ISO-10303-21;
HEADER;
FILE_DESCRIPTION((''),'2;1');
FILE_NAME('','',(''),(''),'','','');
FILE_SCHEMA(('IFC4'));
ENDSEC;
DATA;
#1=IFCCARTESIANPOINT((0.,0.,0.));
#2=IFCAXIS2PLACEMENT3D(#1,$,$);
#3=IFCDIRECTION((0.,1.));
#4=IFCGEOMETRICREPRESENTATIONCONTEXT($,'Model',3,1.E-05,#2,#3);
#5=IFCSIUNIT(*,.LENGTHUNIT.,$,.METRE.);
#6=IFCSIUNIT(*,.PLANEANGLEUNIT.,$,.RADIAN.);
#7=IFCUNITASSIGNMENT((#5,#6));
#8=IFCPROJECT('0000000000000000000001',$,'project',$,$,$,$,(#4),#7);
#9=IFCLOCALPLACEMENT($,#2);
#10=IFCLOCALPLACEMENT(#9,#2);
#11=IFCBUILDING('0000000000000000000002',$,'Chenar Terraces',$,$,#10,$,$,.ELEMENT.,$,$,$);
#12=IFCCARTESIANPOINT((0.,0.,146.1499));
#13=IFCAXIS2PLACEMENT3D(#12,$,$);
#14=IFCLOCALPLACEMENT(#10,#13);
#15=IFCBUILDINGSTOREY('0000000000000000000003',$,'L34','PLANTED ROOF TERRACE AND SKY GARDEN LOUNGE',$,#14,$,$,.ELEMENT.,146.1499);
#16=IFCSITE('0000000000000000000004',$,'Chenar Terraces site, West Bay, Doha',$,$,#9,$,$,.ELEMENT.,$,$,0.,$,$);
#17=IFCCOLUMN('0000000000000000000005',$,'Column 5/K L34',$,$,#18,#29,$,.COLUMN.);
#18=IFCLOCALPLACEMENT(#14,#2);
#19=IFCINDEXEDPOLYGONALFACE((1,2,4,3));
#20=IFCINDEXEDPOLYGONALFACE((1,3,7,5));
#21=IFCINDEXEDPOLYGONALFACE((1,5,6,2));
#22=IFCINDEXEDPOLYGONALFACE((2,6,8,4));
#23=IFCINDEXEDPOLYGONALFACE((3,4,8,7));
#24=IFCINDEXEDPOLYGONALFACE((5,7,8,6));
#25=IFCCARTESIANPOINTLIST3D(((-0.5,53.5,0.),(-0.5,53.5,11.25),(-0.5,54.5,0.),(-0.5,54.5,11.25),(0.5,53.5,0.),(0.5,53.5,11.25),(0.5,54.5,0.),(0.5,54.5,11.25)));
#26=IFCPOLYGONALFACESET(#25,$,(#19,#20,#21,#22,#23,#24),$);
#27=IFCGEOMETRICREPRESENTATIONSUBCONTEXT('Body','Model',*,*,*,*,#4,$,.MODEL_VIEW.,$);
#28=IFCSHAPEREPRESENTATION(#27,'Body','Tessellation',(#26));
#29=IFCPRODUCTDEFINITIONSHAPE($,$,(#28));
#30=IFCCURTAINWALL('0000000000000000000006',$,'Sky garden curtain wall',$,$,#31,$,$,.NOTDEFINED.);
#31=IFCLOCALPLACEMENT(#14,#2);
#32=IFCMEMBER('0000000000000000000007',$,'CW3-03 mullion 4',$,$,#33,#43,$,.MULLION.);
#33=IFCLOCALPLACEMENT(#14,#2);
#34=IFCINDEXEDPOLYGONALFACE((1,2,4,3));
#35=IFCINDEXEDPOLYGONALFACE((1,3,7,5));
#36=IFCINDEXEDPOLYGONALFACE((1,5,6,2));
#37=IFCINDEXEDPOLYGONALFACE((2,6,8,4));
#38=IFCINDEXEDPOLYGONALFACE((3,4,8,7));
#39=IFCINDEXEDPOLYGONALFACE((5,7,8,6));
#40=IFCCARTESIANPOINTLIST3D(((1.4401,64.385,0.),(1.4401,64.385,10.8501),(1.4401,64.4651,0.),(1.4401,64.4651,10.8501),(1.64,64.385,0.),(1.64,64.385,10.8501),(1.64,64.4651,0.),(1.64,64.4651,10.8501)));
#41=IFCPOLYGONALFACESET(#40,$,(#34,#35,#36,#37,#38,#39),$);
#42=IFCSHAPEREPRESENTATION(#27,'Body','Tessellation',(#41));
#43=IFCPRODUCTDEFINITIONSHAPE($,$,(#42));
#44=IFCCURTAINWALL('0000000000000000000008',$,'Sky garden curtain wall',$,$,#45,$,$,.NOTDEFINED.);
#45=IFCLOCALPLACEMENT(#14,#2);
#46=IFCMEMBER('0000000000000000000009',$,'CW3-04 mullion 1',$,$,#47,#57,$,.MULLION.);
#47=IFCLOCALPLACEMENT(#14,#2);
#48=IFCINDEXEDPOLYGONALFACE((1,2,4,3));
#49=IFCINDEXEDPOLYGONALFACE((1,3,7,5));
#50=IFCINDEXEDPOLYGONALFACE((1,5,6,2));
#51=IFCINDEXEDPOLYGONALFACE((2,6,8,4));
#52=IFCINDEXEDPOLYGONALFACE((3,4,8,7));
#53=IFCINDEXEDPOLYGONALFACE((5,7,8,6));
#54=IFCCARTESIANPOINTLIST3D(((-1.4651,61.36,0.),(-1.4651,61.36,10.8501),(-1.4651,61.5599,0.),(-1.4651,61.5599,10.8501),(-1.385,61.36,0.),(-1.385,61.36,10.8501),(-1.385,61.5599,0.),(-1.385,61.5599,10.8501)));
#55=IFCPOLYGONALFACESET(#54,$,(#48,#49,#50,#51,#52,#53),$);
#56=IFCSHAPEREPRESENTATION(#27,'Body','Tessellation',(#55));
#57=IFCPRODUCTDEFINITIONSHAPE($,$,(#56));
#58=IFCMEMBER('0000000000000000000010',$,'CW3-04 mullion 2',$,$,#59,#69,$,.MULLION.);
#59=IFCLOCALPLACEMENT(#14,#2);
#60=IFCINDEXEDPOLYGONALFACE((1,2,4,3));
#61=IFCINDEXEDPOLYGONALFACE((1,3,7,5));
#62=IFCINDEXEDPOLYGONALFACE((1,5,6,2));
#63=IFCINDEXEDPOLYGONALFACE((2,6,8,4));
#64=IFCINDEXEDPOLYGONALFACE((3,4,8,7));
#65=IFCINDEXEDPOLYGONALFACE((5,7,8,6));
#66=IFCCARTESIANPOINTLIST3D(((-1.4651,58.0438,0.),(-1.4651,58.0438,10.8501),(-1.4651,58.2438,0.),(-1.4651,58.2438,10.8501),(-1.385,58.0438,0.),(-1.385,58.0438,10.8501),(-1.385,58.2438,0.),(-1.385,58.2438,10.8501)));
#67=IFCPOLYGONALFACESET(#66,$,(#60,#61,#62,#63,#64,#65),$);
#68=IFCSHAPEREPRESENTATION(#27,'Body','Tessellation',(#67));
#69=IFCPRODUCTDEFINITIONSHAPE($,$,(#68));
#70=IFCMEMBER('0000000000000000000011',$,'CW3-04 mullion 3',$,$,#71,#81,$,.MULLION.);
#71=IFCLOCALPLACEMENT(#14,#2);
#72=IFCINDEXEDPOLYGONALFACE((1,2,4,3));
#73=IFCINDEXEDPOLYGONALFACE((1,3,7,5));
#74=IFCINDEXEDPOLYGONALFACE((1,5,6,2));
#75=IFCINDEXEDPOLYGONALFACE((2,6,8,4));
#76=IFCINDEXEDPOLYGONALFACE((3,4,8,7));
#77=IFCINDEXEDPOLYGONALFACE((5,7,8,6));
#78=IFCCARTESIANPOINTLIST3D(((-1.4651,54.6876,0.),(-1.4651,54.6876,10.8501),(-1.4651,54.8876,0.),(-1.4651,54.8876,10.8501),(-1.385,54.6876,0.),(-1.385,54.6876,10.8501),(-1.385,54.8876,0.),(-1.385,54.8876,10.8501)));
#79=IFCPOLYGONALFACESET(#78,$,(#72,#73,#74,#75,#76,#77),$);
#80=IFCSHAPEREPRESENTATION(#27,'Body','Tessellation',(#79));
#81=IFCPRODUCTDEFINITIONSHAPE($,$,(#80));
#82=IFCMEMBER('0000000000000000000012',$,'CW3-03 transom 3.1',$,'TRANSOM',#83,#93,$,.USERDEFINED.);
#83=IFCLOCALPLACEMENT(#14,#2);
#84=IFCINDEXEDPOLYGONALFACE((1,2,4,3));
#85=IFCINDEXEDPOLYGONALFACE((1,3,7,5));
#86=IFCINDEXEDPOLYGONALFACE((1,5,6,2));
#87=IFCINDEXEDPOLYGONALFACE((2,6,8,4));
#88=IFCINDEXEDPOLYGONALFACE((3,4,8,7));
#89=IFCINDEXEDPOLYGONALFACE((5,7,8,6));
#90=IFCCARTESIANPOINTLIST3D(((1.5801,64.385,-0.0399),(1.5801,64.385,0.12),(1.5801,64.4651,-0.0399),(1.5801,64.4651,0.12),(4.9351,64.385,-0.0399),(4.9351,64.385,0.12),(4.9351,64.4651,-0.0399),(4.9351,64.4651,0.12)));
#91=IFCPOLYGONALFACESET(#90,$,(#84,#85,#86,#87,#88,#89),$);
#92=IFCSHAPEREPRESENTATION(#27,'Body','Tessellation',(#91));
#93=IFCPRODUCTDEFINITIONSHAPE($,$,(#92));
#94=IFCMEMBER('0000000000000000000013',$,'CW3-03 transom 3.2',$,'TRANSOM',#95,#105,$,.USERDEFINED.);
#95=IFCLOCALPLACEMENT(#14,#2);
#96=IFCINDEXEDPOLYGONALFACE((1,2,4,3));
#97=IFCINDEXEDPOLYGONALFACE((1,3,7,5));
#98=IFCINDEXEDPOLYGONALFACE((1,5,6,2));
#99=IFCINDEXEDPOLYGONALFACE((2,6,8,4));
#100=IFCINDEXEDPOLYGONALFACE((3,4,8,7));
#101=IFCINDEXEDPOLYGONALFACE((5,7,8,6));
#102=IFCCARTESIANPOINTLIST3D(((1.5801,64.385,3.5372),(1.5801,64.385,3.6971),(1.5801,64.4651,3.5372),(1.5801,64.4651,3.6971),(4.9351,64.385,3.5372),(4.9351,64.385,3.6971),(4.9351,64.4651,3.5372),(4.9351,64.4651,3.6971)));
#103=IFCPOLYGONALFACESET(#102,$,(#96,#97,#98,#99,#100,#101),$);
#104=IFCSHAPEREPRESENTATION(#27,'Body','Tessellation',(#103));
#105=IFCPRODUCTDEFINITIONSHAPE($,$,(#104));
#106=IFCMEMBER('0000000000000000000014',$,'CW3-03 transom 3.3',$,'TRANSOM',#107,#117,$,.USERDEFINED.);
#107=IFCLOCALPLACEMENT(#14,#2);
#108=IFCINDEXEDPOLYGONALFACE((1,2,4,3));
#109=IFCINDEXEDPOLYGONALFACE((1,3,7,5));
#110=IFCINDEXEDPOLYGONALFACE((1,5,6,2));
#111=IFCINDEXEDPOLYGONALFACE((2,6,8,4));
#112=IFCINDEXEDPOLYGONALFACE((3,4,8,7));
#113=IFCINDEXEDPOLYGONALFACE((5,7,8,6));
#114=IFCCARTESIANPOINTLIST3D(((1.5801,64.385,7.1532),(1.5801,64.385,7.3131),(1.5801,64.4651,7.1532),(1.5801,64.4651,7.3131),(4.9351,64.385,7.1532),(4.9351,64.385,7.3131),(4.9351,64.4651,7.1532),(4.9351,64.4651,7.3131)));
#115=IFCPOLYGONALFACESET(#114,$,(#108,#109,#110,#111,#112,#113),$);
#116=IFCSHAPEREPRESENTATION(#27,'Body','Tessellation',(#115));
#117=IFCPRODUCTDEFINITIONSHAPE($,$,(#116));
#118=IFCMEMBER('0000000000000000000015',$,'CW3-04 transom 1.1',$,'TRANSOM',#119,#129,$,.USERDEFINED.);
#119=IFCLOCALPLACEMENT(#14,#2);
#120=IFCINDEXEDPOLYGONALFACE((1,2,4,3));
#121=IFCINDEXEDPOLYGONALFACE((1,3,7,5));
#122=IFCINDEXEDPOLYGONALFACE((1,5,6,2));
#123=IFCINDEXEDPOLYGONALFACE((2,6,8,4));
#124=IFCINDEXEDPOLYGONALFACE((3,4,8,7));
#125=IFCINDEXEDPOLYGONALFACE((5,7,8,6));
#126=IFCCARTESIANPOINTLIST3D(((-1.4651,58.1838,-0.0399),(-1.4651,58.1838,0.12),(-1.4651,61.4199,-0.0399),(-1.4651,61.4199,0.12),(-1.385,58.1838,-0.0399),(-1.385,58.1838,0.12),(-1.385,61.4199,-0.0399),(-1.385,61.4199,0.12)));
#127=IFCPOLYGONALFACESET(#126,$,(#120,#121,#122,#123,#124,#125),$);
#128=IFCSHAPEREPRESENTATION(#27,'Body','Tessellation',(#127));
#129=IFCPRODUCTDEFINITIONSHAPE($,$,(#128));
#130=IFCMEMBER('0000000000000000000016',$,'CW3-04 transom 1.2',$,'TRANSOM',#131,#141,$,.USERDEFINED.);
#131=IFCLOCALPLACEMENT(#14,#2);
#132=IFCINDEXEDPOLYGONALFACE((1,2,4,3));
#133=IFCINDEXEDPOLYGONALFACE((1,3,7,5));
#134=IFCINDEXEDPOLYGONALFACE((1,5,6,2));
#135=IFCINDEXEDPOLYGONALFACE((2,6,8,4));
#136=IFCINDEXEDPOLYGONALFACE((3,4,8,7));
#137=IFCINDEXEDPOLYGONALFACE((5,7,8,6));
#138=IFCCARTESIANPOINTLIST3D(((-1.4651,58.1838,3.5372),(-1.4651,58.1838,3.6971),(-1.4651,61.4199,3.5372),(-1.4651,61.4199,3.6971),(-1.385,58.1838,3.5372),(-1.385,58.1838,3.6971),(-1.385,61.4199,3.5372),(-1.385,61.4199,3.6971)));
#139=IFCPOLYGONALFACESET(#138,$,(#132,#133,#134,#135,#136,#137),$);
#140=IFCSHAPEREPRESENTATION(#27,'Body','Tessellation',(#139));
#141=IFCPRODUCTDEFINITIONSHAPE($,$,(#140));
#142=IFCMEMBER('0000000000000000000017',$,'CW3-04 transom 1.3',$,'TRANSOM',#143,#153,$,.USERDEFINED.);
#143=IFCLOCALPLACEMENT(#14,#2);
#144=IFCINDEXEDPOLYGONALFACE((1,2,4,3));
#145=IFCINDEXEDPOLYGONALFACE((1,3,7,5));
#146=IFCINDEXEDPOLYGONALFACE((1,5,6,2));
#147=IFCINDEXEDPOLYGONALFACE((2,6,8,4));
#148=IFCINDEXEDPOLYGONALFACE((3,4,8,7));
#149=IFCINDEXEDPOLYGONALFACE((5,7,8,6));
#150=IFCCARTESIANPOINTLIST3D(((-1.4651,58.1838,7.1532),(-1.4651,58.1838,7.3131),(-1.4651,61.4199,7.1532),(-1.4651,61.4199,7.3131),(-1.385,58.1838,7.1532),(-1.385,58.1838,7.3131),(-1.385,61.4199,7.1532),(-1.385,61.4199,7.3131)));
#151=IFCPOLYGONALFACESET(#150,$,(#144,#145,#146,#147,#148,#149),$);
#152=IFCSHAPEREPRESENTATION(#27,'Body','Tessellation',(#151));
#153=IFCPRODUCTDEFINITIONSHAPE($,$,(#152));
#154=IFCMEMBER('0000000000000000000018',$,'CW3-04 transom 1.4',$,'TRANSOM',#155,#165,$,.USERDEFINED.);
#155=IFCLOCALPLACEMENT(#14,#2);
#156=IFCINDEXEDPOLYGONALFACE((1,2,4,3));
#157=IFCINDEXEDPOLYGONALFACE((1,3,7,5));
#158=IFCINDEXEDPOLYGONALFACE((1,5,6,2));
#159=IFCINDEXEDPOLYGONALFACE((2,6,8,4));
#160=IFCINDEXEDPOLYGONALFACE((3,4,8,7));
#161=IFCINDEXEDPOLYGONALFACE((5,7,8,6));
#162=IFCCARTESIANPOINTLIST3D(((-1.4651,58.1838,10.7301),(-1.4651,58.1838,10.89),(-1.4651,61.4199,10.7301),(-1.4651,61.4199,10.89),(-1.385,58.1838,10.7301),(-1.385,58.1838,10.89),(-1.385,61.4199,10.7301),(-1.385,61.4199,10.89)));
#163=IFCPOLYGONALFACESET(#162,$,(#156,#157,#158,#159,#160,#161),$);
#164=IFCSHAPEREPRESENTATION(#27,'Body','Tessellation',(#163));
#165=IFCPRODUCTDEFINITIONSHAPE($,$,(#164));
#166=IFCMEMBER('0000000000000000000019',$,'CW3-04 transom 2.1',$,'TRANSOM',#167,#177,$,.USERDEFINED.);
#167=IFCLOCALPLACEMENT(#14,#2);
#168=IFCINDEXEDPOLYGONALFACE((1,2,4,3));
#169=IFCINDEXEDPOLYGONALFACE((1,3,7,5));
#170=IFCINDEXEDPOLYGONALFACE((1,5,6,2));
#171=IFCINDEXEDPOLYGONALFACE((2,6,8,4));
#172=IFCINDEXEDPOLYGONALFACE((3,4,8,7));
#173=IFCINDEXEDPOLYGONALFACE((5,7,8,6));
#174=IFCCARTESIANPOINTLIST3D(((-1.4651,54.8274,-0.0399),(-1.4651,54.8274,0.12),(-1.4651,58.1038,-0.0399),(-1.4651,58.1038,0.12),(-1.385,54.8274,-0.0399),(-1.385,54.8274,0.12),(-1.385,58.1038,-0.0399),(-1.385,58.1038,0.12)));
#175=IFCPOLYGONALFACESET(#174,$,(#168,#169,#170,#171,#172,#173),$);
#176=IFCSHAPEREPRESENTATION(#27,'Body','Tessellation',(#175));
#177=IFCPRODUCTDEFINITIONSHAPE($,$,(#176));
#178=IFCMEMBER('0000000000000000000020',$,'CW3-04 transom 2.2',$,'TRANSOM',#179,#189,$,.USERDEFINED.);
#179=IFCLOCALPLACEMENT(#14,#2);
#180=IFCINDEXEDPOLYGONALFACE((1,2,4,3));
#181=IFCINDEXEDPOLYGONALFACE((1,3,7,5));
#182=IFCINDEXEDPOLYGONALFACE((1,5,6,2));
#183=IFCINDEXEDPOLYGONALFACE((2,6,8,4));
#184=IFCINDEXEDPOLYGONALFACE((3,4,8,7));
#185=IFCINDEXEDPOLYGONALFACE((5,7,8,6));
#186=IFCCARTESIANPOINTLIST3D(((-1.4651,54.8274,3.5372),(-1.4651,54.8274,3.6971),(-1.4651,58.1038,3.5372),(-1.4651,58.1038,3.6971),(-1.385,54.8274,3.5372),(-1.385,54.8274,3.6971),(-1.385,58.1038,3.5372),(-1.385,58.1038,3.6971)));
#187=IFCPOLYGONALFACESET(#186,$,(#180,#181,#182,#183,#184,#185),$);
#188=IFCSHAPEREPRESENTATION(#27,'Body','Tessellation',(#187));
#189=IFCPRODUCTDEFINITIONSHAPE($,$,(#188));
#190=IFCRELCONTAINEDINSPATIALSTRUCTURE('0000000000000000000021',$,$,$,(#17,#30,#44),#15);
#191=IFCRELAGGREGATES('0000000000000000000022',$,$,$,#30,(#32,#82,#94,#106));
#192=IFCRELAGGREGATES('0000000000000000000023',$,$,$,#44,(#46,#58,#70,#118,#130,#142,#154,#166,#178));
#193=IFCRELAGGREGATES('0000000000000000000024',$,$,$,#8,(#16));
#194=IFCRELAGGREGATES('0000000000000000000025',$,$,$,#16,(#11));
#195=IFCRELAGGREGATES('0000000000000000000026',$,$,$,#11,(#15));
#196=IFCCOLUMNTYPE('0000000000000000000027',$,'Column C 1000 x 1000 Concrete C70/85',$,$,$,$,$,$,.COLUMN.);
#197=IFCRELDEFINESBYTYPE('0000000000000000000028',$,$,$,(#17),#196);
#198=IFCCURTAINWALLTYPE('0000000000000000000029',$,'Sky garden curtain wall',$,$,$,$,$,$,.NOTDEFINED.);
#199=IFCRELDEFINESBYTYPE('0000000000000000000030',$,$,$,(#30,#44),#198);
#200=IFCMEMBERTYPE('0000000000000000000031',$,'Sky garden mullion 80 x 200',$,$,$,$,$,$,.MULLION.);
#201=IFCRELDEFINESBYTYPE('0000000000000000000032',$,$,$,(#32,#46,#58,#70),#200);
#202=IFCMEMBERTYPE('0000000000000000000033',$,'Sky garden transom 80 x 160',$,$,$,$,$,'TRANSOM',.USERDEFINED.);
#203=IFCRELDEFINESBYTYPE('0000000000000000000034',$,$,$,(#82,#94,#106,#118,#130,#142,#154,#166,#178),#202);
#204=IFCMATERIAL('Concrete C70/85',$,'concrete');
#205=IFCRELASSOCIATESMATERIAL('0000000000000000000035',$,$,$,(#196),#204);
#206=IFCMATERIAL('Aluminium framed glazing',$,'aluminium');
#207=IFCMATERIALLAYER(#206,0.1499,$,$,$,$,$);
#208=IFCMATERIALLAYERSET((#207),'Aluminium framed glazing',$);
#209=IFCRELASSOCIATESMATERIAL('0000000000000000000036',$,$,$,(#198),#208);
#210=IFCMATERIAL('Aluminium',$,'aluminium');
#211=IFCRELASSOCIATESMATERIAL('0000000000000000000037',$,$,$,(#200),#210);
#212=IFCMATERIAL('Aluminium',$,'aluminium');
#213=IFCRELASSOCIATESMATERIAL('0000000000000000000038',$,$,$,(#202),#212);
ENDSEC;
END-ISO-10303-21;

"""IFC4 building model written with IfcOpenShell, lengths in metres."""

from ifc_helpers import new_model, si_unit, direction, frame, origin, origin_2d, place, context, subcontext, project, spatial, rectangle, extrude, material, layer, layer_set, material_profile, profile_set, type_object, element, aggregate, save


model = new_model("IFC4")

# Units and contexts
model_context = context("Model", 3, precision=1e-05, world=origin(), true_north=direction((0.0, 1.0)))
body_context = subcontext(model_context, "Body", "Model", "MODEL_VIEW")
ifc_project = project(units=[si_unit("LENGTHUNIT", "METRE"), si_unit("PLANEANGLEUNIT", "RADIAN")], contexts=[model_context])

# Site, building, storey
site_placement = place(None, origin())
site = spatial("IfcSite", under=ifc_project, at=site_placement, Name="Chenar Terraces site, West Bay, Doha", CompositionType="ELEMENT", RefElevation=0.0)
building_placement = place(site_placement, origin())
building = spatial("IfcBuilding", under=site, at=building_placement, Name="Chenar Terraces", CompositionType="ELEMENT")
storey_placement = place(building_placement, frame((0.0, 0.0, 146.1499)))
storey = spatial("IfcBuildingStorey", under=building, at=storey_placement, Name="L34", Description="PLANTED ROOF TERRACE AND SKY GARDEN LOUNGE", CompositionType="ELEMENT", Elevation=146.1499)

# Column
ifc_material_1 = material(Name="Concrete C70/85", Category="concrete")
ifc_material_profile_1 = material_profile(ifc_material_1, rectangle(XDim=1.0, YDim=1.0, at=origin_2d()), Name="C 1000 x 1000")
ifc_profile_set_1 = profile_set([ifc_material_profile_1], Name="Concrete C70/85")
column_type = type_object("IfcColumnType", Name="Column C 1000 x 1000 Concrete C70/85", PredefinedType="COLUMN", material=ifc_profile_set_1)
placement_1 = place(storey_placement, frame((0.0, 54.0, 0.0), z_axis=(0.0, 0.0, 1.0), x_axis=(1.0, 0.0, 0.0)))
element("IfcColumn", 1, at=placement_1, inside=storey, type_object=column_type, Name="Column 5/K L34", PredefinedType="COLUMN", context=body_context, shape_type="SweptSolid", body=[
    extrude(rectangle(XDim=1.0, YDim=1.0, at=origin_2d()), origin(), (0.0, 0.0, 1.0), 11.25),
])

# Curtain wall, member
ifc_material_2 = material(Name="Aluminium framed glazing", Category="aluminium")
ifc_layer_1 = layer(ifc_material_2, 0.1499)
ifc_layer_set_1 = layer_set([ifc_layer_1], Name="Aluminium framed glazing")
curtain_wall_type = type_object("IfcCurtainWallType", Name="Sky garden curtain wall", PredefinedType="NOTDEFINED", material=ifc_layer_set_1)
placement_2 = place(storey_placement, origin())
curtain_wall_1 = element("IfcCurtainWall", 2, at=placement_2, inside=storey, type_object=curtain_wall_type, Name="Sky garden curtain wall", PredefinedType="NOTDEFINED")
ifc_material_3 = material(Name="Aluminium", Category="aluminium")
ifc_material_profile_2 = material_profile(ifc_material_3, rectangle(XDim=0.0801, YDim=0.2, at=origin_2d()), Name="Sky garden mullion 80 x 200")
ifc_profile_set_2 = profile_set([ifc_material_profile_2], Name="Aluminium")
member_type_1 = type_object("IfcMemberType", Name="Sky garden mullion 80 x 200", PredefinedType="MULLION", material=ifc_profile_set_2)
member_1_placement = place(storey_placement, frame((1.54, 64.425, 0.0), z_axis=(0.0, 0.0, 1.0), x_axis=(0.0, -1.0, 0.0)))
member_1 = element("IfcMember", 3, at=member_1_placement, type_object=member_type_1, Name="CW3-03 mullion 4", PredefinedType="MULLION", context=body_context, shape_type="SweptSolid", body=[
    extrude(rectangle(XDim=0.0801, YDim=0.2, at=origin_2d()), origin(), (0.0, 0.0, 1.0), 10.8501),
])

# Curtain wall, members
curtain_wall_2 = element("IfcCurtainWall", 4, at=placement_2, inside=storey, type_object=curtain_wall_type, Name="Sky garden curtain wall", PredefinedType="NOTDEFINED")
member_2_placement = place(storey_placement, frame((-1.425, 61.46, 0.0), z_axis=(0.0, 0.0, 1.0), x_axis=(1.0, 0.0, 0.0)))
member_2 = element("IfcMember", 5, at=member_2_placement, type_object=member_type_1, Name="CW3-04 mullion 1", PredefinedType="MULLION", context=body_context, shape_type="SweptSolid", body=[
    extrude(rectangle(XDim=0.0801, YDim=0.2, at=origin_2d()), origin(), (0.0, 0.0, 1.0), 10.8501),
])
member_3_placement = place(storey_placement, frame((-1.425, 58.1438, 0.0), z_axis=(0.0, 0.0, 1.0), x_axis=(1.0, 0.0, 0.0)))
member_3 = element("IfcMember", 6, at=member_3_placement, type_object=member_type_1, Name="CW3-04 mullion 2", PredefinedType="MULLION", context=body_context, shape_type="SweptSolid", body=[
    extrude(rectangle(XDim=0.0801, YDim=0.2, at=origin_2d()), origin(), (0.0, 0.0, 1.0), 10.8501),
])
member_4_placement = place(storey_placement, frame((-1.425, 54.7876, 0.0), z_axis=(0.0, 0.0, 1.0), x_axis=(1.0, 0.0, 0.0)))
member_4 = element("IfcMember", 7, at=member_4_placement, type_object=member_type_1, Name="CW3-04 mullion 3", PredefinedType="MULLION", context=body_context, shape_type="SweptSolid", body=[
    extrude(rectangle(XDim=0.0801, YDim=0.2, at=origin_2d()), origin(), (0.0, 0.0, 1.0), 10.8501),
])

# Members
ifc_material_4 = material(Name="Aluminium", Category="aluminium")
ifc_material_profile_3 = material_profile(ifc_material_4, rectangle(XDim=0.0801, YDim=0.1599, at=origin_2d()), Name="Sky garden transom 80 x 160")
ifc_profile_set_3 = profile_set([ifc_material_profile_3], Name="Aluminium")
member_type_2 = type_object("IfcMemberType", Name="Sky garden transom 80 x 160", ElementType="TRANSOM", PredefinedType="USERDEFINED", material=ifc_profile_set_3)
member_5_placement = place(storey_placement, frame((4.9351, 64.425, 0.04), z_axis=(-1.0, 0.0, 0.0), x_axis=(0.0, -1.0, 0.0)))
member_5 = element("IfcMember", 8, at=member_5_placement, type_object=member_type_2, Name="CW3-03 transom 3.1", ObjectType="TRANSOM", PredefinedType="USERDEFINED", context=body_context, shape_type="SweptSolid", body=[
    extrude(rectangle(XDim=0.0801, YDim=0.1599, at=origin_2d()), origin(), (0.0, 0.0, 1.0), 3.355),
])
member_6_placement = place(storey_placement, frame((4.9351, 64.425, 3.6172), z_axis=(-1.0, 0.0, 0.0), x_axis=(0.0, -1.0, 0.0)))
member_6 = element("IfcMember", 9, at=member_6_placement, type_object=member_type_2, Name="CW3-03 transom 3.2", ObjectType="TRANSOM", PredefinedType="USERDEFINED", context=body_context, shape_type="SweptSolid", body=[
    extrude(rectangle(XDim=0.0801, YDim=0.1599, at=origin_2d()), origin(), (0.0, 0.0, 1.0), 3.355),
])
member_7_placement = place(storey_placement, frame((4.9351, 64.425, 7.2332), z_axis=(-1.0, 0.0, 0.0), x_axis=(0.0, -1.0, 0.0)))
member_7 = element("IfcMember", 10, at=member_7_placement, type_object=member_type_2, Name="CW3-03 transom 3.3", ObjectType="TRANSOM", PredefinedType="USERDEFINED", context=body_context, shape_type="SweptSolid", body=[
    extrude(rectangle(XDim=0.0801, YDim=0.1599, at=origin_2d()), origin(), (0.0, 0.0, 1.0), 3.355),
])
member_8_placement = place(storey_placement, frame((-1.425, 61.4199, 0.04), z_axis=(0.0, -1.0, 0.0), x_axis=(1.0, 0.0, 0.0)))
member_8 = element("IfcMember", 11, at=member_8_placement, type_object=member_type_2, Name="CW3-04 transom 1.1", ObjectType="TRANSOM", PredefinedType="USERDEFINED", context=body_context, shape_type="SweptSolid", body=[
    extrude(rectangle(XDim=0.0801, YDim=0.1599, at=origin_2d()), origin(), (0.0, 0.0, 1.0), 3.2361),
])
member_9_placement = place(storey_placement, frame((-1.425, 61.4199, 3.6172), z_axis=(0.0, -1.0, 0.0), x_axis=(1.0, 0.0, 0.0)))
member_9 = element("IfcMember", 12, at=member_9_placement, type_object=member_type_2, Name="CW3-04 transom 1.2", ObjectType="TRANSOM", PredefinedType="USERDEFINED", context=body_context, shape_type="SweptSolid", body=[
    extrude(rectangle(XDim=0.0801, YDim=0.1599, at=origin_2d()), origin(), (0.0, 0.0, 1.0), 3.2361),
])
member_10_placement = place(storey_placement, frame((-1.425, 61.4199, 7.2332), z_axis=(0.0, -1.0, 0.0), x_axis=(1.0, 0.0, 0.0)))
member_10 = element("IfcMember", 13, at=member_10_placement, type_object=member_type_2, Name="CW3-04 transom 1.3", ObjectType="TRANSOM", PredefinedType="USERDEFINED", context=body_context, shape_type="SweptSolid", body=[
    extrude(rectangle(XDim=0.0801, YDim=0.1599, at=origin_2d()), origin(), (0.0, 0.0, 1.0), 3.2361),
])
member_11_placement = place(storey_placement, frame((-1.425, 61.4199, 10.8101), z_axis=(0.0, -1.0, 0.0), x_axis=(1.0, 0.0, 0.0)))
member_11 = element("IfcMember", 14, at=member_11_placement, type_object=member_type_2, Name="CW3-04 transom 1.4", ObjectType="TRANSOM", PredefinedType="USERDEFINED", context=body_context, shape_type="SweptSolid", body=[
    extrude(rectangle(XDim=0.0801, YDim=0.1599, at=origin_2d()), origin(), (0.0, 0.0, 1.0), 3.2361),
])
member_12_placement = place(storey_placement, frame((-1.425, 58.1038, 0.04), z_axis=(0.0, -1.0, 0.0), x_axis=(1.0, 0.0, 0.0)))
member_12 = element("IfcMember", 15, at=member_12_placement, type_object=member_type_2, Name="CW3-04 transom 2.1", ObjectType="TRANSOM", PredefinedType="USERDEFINED", context=body_context, shape_type="SweptSolid", body=[
    extrude(rectangle(XDim=0.0801, YDim=0.1599, at=origin_2d()), origin(), (0.0, 0.0, 1.0), 3.2764),
])
member_13_placement = place(storey_placement, frame((-1.425, 58.1038, 3.6172), z_axis=(0.0, -1.0, 0.0), x_axis=(1.0, 0.0, 0.0)))
member_13 = element("IfcMember", 16, at=member_13_placement, type_object=member_type_2, Name="CW3-04 transom 2.2", ObjectType="TRANSOM", PredefinedType="USERDEFINED", context=body_context, shape_type="SweptSolid", body=[
    extrude(rectangle(XDim=0.0801, YDim=0.1599, at=origin_2d()), origin(), (0.0, 0.0, 1.0), 3.2764),
])

aggregate(curtain_wall_1, [member_1, member_5, member_6, member_7])
aggregate(curtain_wall_2, [member_2, member_3, member_4, member_8, member_9, member_10, member_11, member_12, member_13])

save(model, "model.ifc")
